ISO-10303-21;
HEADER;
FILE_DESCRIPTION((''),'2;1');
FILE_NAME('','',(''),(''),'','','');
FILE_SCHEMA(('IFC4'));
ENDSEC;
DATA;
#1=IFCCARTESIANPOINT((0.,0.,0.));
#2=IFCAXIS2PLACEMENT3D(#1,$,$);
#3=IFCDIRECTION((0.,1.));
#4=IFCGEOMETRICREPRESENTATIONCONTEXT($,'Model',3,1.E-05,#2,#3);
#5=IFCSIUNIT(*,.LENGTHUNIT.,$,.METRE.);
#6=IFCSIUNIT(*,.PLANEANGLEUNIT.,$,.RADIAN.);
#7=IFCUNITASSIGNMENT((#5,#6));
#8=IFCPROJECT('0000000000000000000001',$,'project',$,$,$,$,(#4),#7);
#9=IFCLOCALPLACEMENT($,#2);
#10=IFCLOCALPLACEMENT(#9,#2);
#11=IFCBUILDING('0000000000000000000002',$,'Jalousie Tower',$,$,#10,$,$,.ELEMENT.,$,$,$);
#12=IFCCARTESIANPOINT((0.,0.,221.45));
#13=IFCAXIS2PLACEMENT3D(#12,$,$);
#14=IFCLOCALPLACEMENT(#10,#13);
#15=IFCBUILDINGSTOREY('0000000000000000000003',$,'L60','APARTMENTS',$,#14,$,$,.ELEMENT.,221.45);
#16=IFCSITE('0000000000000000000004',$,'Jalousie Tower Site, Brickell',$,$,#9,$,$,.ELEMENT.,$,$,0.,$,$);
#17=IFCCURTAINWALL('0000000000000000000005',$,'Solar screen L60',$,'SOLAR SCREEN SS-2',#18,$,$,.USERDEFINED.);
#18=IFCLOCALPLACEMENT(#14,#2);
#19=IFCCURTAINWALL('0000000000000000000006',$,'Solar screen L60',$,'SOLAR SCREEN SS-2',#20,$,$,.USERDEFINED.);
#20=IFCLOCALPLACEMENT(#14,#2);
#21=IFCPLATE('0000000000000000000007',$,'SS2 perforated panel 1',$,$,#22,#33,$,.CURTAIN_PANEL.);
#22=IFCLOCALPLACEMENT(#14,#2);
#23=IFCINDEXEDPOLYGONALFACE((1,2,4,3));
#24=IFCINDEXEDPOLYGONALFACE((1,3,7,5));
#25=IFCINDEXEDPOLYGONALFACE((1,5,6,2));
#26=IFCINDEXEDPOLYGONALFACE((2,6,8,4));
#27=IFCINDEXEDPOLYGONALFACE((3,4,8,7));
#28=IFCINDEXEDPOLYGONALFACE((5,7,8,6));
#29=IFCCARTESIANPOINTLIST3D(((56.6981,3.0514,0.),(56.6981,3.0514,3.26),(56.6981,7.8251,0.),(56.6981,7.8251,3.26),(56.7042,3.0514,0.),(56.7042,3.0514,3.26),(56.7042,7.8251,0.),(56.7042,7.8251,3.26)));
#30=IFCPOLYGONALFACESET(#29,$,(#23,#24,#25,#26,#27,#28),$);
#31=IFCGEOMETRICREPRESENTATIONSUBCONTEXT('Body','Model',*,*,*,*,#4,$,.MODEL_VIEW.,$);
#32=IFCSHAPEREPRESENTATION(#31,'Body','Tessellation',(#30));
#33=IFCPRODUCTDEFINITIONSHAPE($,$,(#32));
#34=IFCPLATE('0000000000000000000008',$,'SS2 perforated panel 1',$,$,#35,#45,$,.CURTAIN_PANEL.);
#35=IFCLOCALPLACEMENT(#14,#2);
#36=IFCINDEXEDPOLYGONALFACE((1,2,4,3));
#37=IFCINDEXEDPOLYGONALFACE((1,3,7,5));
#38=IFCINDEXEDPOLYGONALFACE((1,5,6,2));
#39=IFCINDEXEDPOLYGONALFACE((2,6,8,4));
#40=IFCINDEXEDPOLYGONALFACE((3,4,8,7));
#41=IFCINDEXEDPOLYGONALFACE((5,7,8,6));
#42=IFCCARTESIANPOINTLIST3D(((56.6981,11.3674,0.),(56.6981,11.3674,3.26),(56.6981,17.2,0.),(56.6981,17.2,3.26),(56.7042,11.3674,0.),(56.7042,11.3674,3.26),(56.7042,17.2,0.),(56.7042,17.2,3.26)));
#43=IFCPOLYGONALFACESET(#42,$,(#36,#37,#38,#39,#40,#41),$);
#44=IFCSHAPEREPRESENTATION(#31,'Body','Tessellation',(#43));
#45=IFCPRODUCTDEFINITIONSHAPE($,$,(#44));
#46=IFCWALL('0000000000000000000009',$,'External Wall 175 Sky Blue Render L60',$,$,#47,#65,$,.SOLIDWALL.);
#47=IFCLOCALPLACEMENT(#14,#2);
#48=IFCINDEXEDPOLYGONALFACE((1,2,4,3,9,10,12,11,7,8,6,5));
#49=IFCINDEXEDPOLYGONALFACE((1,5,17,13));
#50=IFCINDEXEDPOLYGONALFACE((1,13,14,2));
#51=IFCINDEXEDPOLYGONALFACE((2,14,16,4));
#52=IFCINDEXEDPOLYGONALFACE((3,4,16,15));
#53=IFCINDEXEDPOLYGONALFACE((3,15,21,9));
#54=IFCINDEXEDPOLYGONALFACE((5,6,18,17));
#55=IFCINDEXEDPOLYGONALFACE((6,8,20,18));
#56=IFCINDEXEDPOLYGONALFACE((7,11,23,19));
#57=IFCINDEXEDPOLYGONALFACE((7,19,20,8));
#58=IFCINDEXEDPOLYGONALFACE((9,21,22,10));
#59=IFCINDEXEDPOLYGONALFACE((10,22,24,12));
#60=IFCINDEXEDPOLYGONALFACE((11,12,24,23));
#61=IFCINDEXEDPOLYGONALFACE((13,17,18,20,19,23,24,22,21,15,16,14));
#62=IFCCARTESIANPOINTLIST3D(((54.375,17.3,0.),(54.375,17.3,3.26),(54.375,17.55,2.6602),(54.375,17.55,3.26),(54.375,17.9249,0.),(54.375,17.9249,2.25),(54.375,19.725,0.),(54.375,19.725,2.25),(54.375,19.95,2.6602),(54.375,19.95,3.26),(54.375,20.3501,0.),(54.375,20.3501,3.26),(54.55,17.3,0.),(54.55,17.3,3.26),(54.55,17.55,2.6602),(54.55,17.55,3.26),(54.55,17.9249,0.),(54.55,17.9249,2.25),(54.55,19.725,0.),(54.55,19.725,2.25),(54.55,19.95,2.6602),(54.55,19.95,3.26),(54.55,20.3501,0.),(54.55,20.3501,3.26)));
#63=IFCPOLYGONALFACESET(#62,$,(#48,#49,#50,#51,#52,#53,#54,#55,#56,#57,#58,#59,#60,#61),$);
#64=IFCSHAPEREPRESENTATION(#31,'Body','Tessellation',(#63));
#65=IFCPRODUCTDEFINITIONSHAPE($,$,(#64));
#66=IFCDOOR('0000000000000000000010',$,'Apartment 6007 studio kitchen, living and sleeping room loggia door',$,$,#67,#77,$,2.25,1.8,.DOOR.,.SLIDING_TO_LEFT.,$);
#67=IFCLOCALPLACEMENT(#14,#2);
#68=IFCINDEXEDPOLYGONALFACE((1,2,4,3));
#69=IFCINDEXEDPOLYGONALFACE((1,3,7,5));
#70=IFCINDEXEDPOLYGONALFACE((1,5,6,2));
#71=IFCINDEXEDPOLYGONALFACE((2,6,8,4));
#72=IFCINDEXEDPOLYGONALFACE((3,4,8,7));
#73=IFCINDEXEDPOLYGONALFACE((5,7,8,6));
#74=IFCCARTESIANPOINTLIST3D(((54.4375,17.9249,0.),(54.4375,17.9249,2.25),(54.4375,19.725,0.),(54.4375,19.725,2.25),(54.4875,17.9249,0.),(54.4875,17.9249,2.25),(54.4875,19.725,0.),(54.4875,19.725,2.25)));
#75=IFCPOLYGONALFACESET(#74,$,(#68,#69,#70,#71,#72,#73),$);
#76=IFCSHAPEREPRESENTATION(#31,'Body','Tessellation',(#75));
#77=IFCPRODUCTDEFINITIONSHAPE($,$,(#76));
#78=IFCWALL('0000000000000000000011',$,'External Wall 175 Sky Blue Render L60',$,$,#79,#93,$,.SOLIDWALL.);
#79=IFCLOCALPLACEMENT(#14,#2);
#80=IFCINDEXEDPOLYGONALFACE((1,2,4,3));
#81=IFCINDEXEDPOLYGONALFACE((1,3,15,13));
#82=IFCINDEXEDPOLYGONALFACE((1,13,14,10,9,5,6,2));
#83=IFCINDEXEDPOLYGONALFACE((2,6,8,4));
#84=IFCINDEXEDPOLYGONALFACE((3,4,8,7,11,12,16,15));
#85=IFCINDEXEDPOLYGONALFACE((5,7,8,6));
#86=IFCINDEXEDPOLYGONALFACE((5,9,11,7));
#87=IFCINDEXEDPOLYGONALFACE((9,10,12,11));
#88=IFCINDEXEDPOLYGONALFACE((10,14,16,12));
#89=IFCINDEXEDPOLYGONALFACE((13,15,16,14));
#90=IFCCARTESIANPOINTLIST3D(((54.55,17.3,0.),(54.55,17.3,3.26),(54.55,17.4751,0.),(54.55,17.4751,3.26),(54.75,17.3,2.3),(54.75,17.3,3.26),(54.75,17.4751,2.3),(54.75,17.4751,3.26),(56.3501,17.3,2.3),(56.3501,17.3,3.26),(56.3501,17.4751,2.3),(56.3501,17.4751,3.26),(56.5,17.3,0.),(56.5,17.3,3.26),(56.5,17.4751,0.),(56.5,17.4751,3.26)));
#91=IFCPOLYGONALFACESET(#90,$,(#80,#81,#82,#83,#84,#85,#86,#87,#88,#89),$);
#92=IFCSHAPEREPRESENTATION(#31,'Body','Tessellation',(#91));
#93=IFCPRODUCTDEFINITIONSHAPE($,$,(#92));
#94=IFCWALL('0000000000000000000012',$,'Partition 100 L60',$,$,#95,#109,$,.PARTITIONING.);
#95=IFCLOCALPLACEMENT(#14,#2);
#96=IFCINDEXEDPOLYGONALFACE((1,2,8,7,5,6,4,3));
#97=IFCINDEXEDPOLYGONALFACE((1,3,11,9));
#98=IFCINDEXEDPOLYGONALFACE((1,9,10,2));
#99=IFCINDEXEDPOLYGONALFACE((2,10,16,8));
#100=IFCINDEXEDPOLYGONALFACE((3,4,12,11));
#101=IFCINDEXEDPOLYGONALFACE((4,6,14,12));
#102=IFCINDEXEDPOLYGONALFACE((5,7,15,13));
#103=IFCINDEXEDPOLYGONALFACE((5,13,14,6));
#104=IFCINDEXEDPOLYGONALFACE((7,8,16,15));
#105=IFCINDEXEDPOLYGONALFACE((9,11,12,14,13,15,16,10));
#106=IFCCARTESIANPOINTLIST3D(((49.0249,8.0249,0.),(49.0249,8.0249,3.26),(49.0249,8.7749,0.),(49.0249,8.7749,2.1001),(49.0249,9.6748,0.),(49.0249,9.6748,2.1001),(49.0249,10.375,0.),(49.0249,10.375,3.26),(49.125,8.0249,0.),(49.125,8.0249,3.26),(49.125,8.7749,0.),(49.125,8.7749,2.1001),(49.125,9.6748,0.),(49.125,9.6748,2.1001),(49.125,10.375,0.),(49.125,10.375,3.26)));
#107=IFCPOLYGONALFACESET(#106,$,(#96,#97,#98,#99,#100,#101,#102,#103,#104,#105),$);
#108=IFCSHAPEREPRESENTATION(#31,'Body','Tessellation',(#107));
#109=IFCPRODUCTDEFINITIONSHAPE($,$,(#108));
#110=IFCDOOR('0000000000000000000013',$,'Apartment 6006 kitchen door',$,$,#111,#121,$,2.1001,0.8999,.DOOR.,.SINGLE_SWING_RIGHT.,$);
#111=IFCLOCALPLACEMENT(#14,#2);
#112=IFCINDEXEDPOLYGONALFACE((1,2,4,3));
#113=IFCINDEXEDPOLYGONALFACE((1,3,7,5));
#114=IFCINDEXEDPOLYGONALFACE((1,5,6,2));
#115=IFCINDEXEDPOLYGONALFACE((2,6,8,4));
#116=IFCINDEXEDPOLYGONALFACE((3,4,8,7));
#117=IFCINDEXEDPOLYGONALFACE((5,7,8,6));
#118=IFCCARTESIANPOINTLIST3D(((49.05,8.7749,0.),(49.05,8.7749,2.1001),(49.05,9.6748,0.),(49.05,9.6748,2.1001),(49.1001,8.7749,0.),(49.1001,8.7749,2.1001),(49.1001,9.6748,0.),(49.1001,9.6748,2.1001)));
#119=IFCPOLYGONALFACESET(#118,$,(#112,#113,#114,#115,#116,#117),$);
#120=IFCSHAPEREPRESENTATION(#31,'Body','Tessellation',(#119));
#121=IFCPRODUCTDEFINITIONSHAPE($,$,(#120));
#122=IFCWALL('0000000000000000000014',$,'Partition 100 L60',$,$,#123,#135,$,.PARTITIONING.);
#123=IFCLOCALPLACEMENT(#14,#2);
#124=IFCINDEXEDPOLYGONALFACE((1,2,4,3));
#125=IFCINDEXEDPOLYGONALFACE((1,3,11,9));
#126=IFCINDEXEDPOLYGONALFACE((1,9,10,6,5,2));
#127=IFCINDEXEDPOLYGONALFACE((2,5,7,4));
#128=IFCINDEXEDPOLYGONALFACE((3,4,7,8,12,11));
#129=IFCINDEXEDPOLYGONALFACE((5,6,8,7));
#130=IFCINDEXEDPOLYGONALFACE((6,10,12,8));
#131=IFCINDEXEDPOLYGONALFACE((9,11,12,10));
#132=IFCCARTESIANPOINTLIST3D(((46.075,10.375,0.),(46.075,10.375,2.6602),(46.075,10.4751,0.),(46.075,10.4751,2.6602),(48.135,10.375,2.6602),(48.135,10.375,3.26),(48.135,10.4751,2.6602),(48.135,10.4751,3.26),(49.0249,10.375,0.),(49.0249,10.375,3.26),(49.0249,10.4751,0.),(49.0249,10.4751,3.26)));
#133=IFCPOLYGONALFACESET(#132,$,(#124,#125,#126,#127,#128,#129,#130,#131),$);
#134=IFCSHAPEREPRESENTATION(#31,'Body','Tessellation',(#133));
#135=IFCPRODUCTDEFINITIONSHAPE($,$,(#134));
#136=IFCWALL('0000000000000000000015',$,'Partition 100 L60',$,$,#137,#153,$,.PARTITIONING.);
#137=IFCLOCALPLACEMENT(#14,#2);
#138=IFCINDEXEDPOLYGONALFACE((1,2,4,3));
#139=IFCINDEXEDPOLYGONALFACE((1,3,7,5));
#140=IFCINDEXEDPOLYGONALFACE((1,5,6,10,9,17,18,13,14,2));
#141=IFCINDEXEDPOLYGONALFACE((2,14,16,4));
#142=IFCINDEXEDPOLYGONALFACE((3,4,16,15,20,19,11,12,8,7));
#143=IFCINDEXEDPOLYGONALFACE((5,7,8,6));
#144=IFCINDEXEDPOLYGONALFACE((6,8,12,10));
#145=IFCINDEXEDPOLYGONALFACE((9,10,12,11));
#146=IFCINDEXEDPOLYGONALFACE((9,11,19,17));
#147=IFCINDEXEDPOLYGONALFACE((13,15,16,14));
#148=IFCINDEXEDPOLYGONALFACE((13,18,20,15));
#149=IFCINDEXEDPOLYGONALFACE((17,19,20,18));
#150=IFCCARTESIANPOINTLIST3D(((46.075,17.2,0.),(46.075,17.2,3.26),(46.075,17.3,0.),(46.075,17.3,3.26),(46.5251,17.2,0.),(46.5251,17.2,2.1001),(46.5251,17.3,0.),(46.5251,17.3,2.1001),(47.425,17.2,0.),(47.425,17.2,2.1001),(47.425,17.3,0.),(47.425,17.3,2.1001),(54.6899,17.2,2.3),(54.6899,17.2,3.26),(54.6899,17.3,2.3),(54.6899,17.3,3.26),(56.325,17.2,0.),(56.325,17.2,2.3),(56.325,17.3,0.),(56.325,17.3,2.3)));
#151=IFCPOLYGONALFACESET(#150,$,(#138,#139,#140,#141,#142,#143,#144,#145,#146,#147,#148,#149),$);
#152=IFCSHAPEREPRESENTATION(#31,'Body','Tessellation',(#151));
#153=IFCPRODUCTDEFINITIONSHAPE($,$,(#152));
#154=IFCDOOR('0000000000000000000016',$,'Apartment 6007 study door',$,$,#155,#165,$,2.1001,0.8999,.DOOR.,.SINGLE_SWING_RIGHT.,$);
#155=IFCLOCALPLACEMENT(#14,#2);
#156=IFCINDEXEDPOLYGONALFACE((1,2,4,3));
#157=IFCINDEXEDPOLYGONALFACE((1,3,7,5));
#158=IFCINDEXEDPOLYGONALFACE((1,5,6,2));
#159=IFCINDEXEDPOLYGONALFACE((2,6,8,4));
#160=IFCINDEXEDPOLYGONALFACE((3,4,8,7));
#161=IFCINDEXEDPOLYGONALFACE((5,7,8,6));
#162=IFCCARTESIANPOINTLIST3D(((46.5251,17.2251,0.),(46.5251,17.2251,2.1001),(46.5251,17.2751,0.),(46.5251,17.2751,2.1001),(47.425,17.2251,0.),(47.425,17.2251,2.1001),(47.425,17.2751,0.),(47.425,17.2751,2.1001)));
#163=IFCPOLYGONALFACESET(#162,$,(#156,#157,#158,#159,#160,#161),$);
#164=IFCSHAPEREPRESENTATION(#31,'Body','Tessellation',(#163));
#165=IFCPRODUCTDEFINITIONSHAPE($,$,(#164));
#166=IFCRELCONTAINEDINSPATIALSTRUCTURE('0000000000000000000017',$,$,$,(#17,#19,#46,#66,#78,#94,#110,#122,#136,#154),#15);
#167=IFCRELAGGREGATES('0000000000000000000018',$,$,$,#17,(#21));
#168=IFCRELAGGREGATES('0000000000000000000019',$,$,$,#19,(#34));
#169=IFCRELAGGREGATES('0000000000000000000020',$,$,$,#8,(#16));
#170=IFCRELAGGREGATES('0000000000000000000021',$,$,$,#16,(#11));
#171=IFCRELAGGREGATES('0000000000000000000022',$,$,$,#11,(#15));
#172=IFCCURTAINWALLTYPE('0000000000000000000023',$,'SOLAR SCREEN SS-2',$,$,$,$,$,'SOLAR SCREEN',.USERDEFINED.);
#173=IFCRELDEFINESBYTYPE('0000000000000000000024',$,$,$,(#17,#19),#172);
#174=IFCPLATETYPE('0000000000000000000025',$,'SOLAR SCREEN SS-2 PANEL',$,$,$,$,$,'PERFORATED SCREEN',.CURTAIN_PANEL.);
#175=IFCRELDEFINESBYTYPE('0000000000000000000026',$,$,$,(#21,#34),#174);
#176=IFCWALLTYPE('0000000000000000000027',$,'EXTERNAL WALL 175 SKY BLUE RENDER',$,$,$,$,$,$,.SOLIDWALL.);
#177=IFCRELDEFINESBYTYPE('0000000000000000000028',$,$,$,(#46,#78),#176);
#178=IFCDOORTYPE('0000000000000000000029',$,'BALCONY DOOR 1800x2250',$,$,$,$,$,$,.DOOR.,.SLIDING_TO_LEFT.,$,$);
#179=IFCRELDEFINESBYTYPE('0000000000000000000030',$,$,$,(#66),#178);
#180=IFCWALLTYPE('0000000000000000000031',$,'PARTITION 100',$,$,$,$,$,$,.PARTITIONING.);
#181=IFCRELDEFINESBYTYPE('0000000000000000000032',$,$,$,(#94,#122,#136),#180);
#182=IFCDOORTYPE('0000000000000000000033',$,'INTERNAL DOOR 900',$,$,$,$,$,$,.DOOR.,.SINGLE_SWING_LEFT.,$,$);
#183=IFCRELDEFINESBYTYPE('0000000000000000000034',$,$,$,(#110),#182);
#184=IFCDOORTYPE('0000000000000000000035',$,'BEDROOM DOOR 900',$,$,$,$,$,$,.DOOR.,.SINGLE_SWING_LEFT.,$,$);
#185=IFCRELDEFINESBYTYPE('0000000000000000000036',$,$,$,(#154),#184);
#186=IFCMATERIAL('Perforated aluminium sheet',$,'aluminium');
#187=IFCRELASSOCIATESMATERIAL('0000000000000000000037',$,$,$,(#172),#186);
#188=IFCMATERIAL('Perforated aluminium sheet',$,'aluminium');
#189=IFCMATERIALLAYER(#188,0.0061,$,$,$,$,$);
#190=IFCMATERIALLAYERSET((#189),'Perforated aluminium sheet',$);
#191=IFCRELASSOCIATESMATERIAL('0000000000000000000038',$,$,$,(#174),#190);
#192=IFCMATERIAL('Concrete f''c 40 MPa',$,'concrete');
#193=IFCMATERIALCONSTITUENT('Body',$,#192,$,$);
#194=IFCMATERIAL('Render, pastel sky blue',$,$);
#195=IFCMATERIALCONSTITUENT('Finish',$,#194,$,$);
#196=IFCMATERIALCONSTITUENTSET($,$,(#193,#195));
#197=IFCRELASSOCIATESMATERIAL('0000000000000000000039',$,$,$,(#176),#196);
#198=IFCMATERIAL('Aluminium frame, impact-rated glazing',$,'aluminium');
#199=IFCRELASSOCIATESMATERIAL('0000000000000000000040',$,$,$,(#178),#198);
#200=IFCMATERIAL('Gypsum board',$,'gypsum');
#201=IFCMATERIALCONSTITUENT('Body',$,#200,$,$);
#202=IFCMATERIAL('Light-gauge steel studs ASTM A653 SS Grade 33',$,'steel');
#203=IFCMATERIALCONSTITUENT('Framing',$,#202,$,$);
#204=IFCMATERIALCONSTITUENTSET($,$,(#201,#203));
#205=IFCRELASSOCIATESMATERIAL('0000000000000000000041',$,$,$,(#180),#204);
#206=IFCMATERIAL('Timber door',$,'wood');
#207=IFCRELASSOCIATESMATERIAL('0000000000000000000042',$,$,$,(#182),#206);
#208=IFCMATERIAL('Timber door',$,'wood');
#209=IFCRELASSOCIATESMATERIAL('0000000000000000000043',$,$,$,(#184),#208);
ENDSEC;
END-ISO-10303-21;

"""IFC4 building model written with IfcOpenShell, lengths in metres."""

from ifc_helpers import new_model, si_unit, direction, frame, frame_2d, origin, origin_2d, place, context, subcontext, project, spatial, polyline, rectangle, outline, extrude, material, layer, layer_set, constituent, constituent_set, type_object, element, fill, aggregate, save


model = new_model("IFC4")

# Units and contexts
model_context = context("Model", 3, precision=1e-05, world=origin(), true_north=direction((0.0, 1.0)))
body_context = subcontext(model_context, "Body", "Model", "MODEL_VIEW")
ifc_project = project(units=[si_unit("LENGTHUNIT", "METRE"), si_unit("PLANEANGLEUNIT", "RADIAN")], contexts=[model_context])

# Site, building, storey
site_placement = place(None, origin())
site = spatial("IfcSite", under=ifc_project, at=site_placement, Name="Jalousie Tower Site, Brickell", CompositionType="ELEMENT", RefElevation=0.0)
building_placement = place(site_placement, origin())
building = spatial("IfcBuilding", under=site, at=building_placement, Name="Jalousie Tower", CompositionType="ELEMENT")
storey_placement = place(building_placement, frame((0.0, 0.0, 221.45)))
storey = spatial("IfcBuildingStorey", under=building, at=storey_placement, Name="L60", Description="APARTMENTS", CompositionType="ELEMENT", Elevation=221.45)

# Curtain wall
ifc_material_1 = material(Name="Perforated aluminium sheet", Category="aluminium")
curtain_wall_type = type_object("IfcCurtainWallType", Name="SOLAR SCREEN SS-2", ElementType="SOLAR SCREEN", PredefinedType="USERDEFINED", material=ifc_material_1)
curtain_wall_1_placement = place(storey_placement, origin())
curtain_wall_1 = element("IfcCurtainWall", 1, at=curtain_wall_1_placement, inside=storey, type_object=curtain_wall_type, Name="Solar screen L60", ObjectType="SOLAR SCREEN SS-2", PredefinedType="USERDEFINED")

# Curtain wall
curtain_wall_2_placement = place(storey_placement, origin())
curtain_wall_2 = element("IfcCurtainWall", 2, at=curtain_wall_2_placement, inside=storey, type_object=curtain_wall_type, Name="Solar screen L60", ObjectType="SOLAR SCREEN SS-2", PredefinedType="USERDEFINED")

# Plates
ifc_material_2 = material(Name="Perforated aluminium sheet", Category="aluminium")
ifc_layer_1 = layer(ifc_material_2, 0.0061)
ifc_layer_set_1 = layer_set([ifc_layer_1], Name="Perforated aluminium sheet")
plate_type = type_object("IfcPlateType", Name="SOLAR SCREEN SS-2 PANEL", ElementType="PERFORATED SCREEN", PredefinedType="CURTAIN_PANEL", material=ifc_layer_set_1)
plate_1_placement = place(storey_placement, frame((56.7012, 5.4382, 0.0), z_axis=(0.0, 0.0, 1.0), x_axis=(0.0, 1.0, 0.0)))
plate_1 = element("IfcPlate", 3, at=plate_1_placement, type_object=plate_type, Name="SS2 perforated panel 1", PredefinedType="CURTAIN_PANEL", context=body_context, shape_type="SweptSolid", body=[
    extrude(rectangle(XDim=4.7737, YDim=0.0061, at=origin_2d()), origin(), (0.0, 0.0, 1.0), 3.26),
])
aggregate(curtain_wall_1, [plate_1])
plate_2_placement = place(storey_placement, frame((56.7012, 14.2837, 0.0), z_axis=(0.0, 0.0, 1.0), x_axis=(0.0, 1.0, 0.0)))
plate_2 = element("IfcPlate", 4, at=plate_2_placement, type_object=plate_type, Name="SS2 perforated panel 1", PredefinedType="CURTAIN_PANEL", context=body_context, shape_type="SweptSolid", body=[
    extrude(rectangle(XDim=5.8325, YDim=0.0061, at=origin_2d()), origin(), (0.0, 0.0, 1.0), 3.26),
])
aggregate(curtain_wall_2, [plate_2])

# Wall, opening, door
ifc_material_3 = material(Name="Concrete f'c 40 MPa", Category="concrete")
ifc_constituent_1 = constituent(ifc_material_3, Name="Body")
ifc_material_4 = material(Name="Render, pastel sky blue")
ifc_constituent_2 = constituent(ifc_material_4, Name="Finish")
ifc_constituent_set_1 = constituent_set(constituents=[ifc_constituent_1, ifc_constituent_2])
wall_type_1 = type_object("IfcWallType", Name="EXTERNAL WALL 175 SKY BLUE RENDER", PredefinedType="SOLIDWALL", material=ifc_constituent_set_1)
wall_1_placement = place(storey_placement, frame((54.4624, 17.3, 0.0), z_axis=(0.0, 0.0, 1.0), x_axis=(0.0, 1.0, 0.0)))
wall_1 = element("IfcWall", 5, at=wall_1_placement, inside=storey, type_object=wall_type_1, Name="External Wall 175 Sky Blue Render L60", PredefinedType="SOLIDWALL", context=body_context, shape_type="SweptSolid", body=[
    extrude(outline(polyline([(0.0, 0.0), (3.05, 0.0), (3.05, 3.26), (2.6499, 3.26), (2.6499, 2.6602), (0.25, 2.6602), (0.25, 3.26), (0.0, 3.26), (0.0, 0.0)])), frame((0.0, 0.0874, 0.0), z_axis=(0.0, -1.0, 0.0), x_axis=(1.0, 0.0, 0.0)), (0.0, 0.0, 1.0), 0.175),
])
opening_1_placement = place(wall_1_placement, frame((0.625, 0.0, 0.0)))
opening_1 = element("IfcOpeningElement", 6, at=opening_1_placement, cuts=wall_1, PredefinedType="OPENING", context=body_context, shape_type="SweptSolid", body=[
    extrude(rectangle(XDim=1.8, YDim=2.25, at=frame_2d((0.8999, 1.125))), frame((0.0, 0.0974, 0.0), z_axis=(0.0, -1.0, 0.0), x_axis=(1.0, 0.0, 0.0)), (0.0, 0.0, 1.0), 0.1951),
])
ifc_material_5 = material(Name="Aluminium frame, impact-rated glazing", Category="aluminium")
door_type_1 = type_object("IfcDoorType", Name="BALCONY DOOR 1800x2250", OperationType="SLIDING_TO_LEFT", PredefinedType="DOOR", material=ifc_material_5)
door_1_placement = place(opening_1_placement, origin())
door_1 = element("IfcDoor", 7, at=door_1_placement, inside=storey, type_object=door_type_1, Name="Apartment 6007 studio kitchen, living and sleeping room loggia door", OperationType="SLIDING_TO_LEFT", OverallHeight=2.25, OverallWidth=1.8, PredefinedType="DOOR", context=body_context, shape_type="SweptSolid", body=[
    extrude(rectangle(XDim=1.8, YDim=2.25, at=frame_2d((0.8999, 1.125))), frame((0.0, 0.0249, 0.0), z_axis=(0.0, -1.0, 0.0), x_axis=(1.0, 0.0, 0.0)), (0.0, 0.0, 1.0), 0.05),
])
fill(opening_1, door_1)

# Wall
wall_2_placement = place(storey_placement, frame((56.5, 17.3875, 0.0), z_axis=(0.0, 0.0, 1.0), x_axis=(-1.0, 0.0, 0.0)))
element("IfcWall", 8, at=wall_2_placement, inside=storey, type_object=wall_type_1, Name="External Wall 175 Sky Blue Render L60", PredefinedType="SOLIDWALL", context=body_context, shape_type="SweptSolid", body=[
    extrude(outline(polyline([(0.0, 0.0), (1.95, 0.0), (1.95, 3.26), (1.75, 3.26), (1.75, 2.3), (0.1499, 2.3), (0.1499, 3.26), (0.0, 3.26), (0.0, 0.0)])), frame((0.0, 0.0874, 0.0), z_axis=(0.0, -1.0, 0.0), x_axis=(1.0, 0.0, 0.0)), (0.0, 0.0, 1.0), 0.175),
])

# Wall, opening, door
ifc_material_6 = material(Name="Gypsum board", Category="gypsum")
ifc_constituent_3 = constituent(ifc_material_6, Name="Body")
ifc_material_7 = material(Name="Light-gauge steel studs ASTM A653 SS Grade 33", Category="steel")
ifc_constituent_4 = constituent(ifc_material_7, Name="Framing")
ifc_constituent_set_2 = constituent_set(constituents=[ifc_constituent_3, ifc_constituent_4])
wall_type_2 = type_object("IfcWallType", Name="PARTITION 100", PredefinedType="PARTITIONING", material=ifc_constituent_set_2)
wall_3_placement = place(storey_placement, frame((49.075, 8.0249, 0.0), z_axis=(0.0, 0.0, 1.0), x_axis=(0.0, 1.0, 0.0)))
wall_3 = element("IfcWall", 9, at=wall_3_placement, inside=storey, type_object=wall_type_2, Name="Partition 100 L60", PredefinedType="PARTITIONING", context=body_context, shape_type="SweptSolid", body=[
    extrude(rectangle(XDim=2.3501, YDim=0.1001, at=frame_2d((1.175, 0.0))), origin(), (0.0, 0.0, 1.0), 3.26),
])
opening_2_placement = place(wall_3_placement, frame((0.75, 0.0, 0.0)))
opening_2 = element("IfcOpeningElement", 10, at=opening_2_placement, cuts=wall_3, PredefinedType="OPENING", context=body_context, shape_type="SweptSolid", body=[
    extrude(rectangle(XDim=0.8999, YDim=2.1001, at=frame_2d((0.45, 1.05))), frame((0.0, 0.0601, 0.0), z_axis=(0.0, -1.0, 0.0), x_axis=(1.0, 0.0, 0.0)), (0.0, 0.0, 1.0), 0.1201),
])
ifc_material_8 = material(Name="Timber door", Category="wood")
door_type_2 = type_object("IfcDoorType", Name="INTERNAL DOOR 900", OperationType="SINGLE_SWING_LEFT", PredefinedType="DOOR", material=ifc_material_8)
door_2_placement = place(opening_2_placement, origin())
door_2 = element("IfcDoor", 11, at=door_2_placement, inside=storey, type_object=door_type_2, Name="Apartment 6006 kitchen door", OperationType="SINGLE_SWING_RIGHT", OverallHeight=2.1001, OverallWidth=0.8999, PredefinedType="DOOR", context=body_context, shape_type="SweptSolid", body=[
    extrude(rectangle(XDim=0.8999, YDim=2.1001, at=frame_2d((0.45, 1.05))), frame((0.0, 0.0249, 0.0), z_axis=(0.0, -1.0, 0.0), x_axis=(1.0, 0.0, 0.0)), (0.0, 0.0, 1.0), 0.05),
])
fill(opening_2, door_2)

# Wall
wall_4_placement = place(storey_placement, frame((49.0249, 10.425, 0.0), z_axis=(0.0, 0.0, 1.0), x_axis=(-1.0, 0.0, 0.0)))
element("IfcWall", 12, at=wall_4_placement, inside=storey, type_object=wall_type_2, Name="Partition 100 L60", PredefinedType="PARTITIONING", context=body_context, shape_type="SweptSolid", body=[
    extrude(outline(polyline([(0.0, 0.0), (2.95, 0.0), (2.95, 3.26), (2.95, 2.6602), (0.8899, 2.6602), (0.8899, 3.26), (0.0, 3.26), (0.0, 0.0)])), frame((0.0, 0.05, 0.0), z_axis=(0.0, -1.0, 0.0), x_axis=(1.0, 0.0, 0.0)), (0.0, 0.0, 1.0), 0.1001),
])

# Wall, opening, door
wall_5_placement = place(storey_placement, frame((56.325, 17.25, 0.0), z_axis=(0.0, 0.0, 1.0), x_axis=(-1.0, 0.0, 0.0)))
wall_5 = element("IfcWall", 13, at=wall_5_placement, inside=storey, type_object=wall_type_2, Name="Partition 100 L60", PredefinedType="PARTITIONING", context=body_context, shape_type="SweptSolid", body=[
    extrude(outline(polyline([(0.0, 0.0), (10.25, 0.0), (10.25, 3.26), (1.635, 3.26), (1.635, 2.3), (0.0, 2.3), (0.0, 3.26), (0.0, 0.0)])), frame((0.0, 0.05, 0.0), z_axis=(0.0, -1.0, 0.0), x_axis=(1.0, 0.0, 0.0)), (0.0, 0.0, 1.0), 0.1001),
])
opening_3_placement = place(wall_5_placement, frame((8.8999, 0.0, 0.0)))
opening_3 = element("IfcOpeningElement", 14, at=opening_3_placement, cuts=wall_5, PredefinedType="OPENING", context=body_context, shape_type="SweptSolid", body=[
    extrude(rectangle(XDim=0.8999, YDim=2.1001, at=frame_2d((0.45, 1.05))), frame((0.0, 0.0601, 0.0), z_axis=(0.0, -1.0, 0.0), x_axis=(1.0, 0.0, 0.0)), (0.0, 0.0, 1.0), 0.1201),
])
ifc_material_9 = material(Name="Timber door", Category="wood")
door_type_3 = type_object("IfcDoorType", Name="BEDROOM DOOR 900", OperationType="SINGLE_SWING_LEFT", PredefinedType="DOOR", material=ifc_material_9)
door_3_placement = place(opening_3_placement, origin())
door_3 = element("IfcDoor", 15, at=door_3_placement, inside=storey, type_object=door_type_3, Name="Apartment 6007 study door", OperationType="SINGLE_SWING_RIGHT", OverallHeight=2.1001, OverallWidth=0.8999, PredefinedType="DOOR", context=body_context, shape_type="SweptSolid", body=[
    extrude(rectangle(XDim=0.8999, YDim=2.1001, at=frame_2d((0.45, 1.05))), frame((0.0, 0.0249, 0.0), z_axis=(0.0, -1.0, 0.0), x_axis=(1.0, 0.0, 0.0)), (0.0, 0.0, 1.0), 0.05),
])
fill(opening_3, door_3)

save(model, "model.ifc")
